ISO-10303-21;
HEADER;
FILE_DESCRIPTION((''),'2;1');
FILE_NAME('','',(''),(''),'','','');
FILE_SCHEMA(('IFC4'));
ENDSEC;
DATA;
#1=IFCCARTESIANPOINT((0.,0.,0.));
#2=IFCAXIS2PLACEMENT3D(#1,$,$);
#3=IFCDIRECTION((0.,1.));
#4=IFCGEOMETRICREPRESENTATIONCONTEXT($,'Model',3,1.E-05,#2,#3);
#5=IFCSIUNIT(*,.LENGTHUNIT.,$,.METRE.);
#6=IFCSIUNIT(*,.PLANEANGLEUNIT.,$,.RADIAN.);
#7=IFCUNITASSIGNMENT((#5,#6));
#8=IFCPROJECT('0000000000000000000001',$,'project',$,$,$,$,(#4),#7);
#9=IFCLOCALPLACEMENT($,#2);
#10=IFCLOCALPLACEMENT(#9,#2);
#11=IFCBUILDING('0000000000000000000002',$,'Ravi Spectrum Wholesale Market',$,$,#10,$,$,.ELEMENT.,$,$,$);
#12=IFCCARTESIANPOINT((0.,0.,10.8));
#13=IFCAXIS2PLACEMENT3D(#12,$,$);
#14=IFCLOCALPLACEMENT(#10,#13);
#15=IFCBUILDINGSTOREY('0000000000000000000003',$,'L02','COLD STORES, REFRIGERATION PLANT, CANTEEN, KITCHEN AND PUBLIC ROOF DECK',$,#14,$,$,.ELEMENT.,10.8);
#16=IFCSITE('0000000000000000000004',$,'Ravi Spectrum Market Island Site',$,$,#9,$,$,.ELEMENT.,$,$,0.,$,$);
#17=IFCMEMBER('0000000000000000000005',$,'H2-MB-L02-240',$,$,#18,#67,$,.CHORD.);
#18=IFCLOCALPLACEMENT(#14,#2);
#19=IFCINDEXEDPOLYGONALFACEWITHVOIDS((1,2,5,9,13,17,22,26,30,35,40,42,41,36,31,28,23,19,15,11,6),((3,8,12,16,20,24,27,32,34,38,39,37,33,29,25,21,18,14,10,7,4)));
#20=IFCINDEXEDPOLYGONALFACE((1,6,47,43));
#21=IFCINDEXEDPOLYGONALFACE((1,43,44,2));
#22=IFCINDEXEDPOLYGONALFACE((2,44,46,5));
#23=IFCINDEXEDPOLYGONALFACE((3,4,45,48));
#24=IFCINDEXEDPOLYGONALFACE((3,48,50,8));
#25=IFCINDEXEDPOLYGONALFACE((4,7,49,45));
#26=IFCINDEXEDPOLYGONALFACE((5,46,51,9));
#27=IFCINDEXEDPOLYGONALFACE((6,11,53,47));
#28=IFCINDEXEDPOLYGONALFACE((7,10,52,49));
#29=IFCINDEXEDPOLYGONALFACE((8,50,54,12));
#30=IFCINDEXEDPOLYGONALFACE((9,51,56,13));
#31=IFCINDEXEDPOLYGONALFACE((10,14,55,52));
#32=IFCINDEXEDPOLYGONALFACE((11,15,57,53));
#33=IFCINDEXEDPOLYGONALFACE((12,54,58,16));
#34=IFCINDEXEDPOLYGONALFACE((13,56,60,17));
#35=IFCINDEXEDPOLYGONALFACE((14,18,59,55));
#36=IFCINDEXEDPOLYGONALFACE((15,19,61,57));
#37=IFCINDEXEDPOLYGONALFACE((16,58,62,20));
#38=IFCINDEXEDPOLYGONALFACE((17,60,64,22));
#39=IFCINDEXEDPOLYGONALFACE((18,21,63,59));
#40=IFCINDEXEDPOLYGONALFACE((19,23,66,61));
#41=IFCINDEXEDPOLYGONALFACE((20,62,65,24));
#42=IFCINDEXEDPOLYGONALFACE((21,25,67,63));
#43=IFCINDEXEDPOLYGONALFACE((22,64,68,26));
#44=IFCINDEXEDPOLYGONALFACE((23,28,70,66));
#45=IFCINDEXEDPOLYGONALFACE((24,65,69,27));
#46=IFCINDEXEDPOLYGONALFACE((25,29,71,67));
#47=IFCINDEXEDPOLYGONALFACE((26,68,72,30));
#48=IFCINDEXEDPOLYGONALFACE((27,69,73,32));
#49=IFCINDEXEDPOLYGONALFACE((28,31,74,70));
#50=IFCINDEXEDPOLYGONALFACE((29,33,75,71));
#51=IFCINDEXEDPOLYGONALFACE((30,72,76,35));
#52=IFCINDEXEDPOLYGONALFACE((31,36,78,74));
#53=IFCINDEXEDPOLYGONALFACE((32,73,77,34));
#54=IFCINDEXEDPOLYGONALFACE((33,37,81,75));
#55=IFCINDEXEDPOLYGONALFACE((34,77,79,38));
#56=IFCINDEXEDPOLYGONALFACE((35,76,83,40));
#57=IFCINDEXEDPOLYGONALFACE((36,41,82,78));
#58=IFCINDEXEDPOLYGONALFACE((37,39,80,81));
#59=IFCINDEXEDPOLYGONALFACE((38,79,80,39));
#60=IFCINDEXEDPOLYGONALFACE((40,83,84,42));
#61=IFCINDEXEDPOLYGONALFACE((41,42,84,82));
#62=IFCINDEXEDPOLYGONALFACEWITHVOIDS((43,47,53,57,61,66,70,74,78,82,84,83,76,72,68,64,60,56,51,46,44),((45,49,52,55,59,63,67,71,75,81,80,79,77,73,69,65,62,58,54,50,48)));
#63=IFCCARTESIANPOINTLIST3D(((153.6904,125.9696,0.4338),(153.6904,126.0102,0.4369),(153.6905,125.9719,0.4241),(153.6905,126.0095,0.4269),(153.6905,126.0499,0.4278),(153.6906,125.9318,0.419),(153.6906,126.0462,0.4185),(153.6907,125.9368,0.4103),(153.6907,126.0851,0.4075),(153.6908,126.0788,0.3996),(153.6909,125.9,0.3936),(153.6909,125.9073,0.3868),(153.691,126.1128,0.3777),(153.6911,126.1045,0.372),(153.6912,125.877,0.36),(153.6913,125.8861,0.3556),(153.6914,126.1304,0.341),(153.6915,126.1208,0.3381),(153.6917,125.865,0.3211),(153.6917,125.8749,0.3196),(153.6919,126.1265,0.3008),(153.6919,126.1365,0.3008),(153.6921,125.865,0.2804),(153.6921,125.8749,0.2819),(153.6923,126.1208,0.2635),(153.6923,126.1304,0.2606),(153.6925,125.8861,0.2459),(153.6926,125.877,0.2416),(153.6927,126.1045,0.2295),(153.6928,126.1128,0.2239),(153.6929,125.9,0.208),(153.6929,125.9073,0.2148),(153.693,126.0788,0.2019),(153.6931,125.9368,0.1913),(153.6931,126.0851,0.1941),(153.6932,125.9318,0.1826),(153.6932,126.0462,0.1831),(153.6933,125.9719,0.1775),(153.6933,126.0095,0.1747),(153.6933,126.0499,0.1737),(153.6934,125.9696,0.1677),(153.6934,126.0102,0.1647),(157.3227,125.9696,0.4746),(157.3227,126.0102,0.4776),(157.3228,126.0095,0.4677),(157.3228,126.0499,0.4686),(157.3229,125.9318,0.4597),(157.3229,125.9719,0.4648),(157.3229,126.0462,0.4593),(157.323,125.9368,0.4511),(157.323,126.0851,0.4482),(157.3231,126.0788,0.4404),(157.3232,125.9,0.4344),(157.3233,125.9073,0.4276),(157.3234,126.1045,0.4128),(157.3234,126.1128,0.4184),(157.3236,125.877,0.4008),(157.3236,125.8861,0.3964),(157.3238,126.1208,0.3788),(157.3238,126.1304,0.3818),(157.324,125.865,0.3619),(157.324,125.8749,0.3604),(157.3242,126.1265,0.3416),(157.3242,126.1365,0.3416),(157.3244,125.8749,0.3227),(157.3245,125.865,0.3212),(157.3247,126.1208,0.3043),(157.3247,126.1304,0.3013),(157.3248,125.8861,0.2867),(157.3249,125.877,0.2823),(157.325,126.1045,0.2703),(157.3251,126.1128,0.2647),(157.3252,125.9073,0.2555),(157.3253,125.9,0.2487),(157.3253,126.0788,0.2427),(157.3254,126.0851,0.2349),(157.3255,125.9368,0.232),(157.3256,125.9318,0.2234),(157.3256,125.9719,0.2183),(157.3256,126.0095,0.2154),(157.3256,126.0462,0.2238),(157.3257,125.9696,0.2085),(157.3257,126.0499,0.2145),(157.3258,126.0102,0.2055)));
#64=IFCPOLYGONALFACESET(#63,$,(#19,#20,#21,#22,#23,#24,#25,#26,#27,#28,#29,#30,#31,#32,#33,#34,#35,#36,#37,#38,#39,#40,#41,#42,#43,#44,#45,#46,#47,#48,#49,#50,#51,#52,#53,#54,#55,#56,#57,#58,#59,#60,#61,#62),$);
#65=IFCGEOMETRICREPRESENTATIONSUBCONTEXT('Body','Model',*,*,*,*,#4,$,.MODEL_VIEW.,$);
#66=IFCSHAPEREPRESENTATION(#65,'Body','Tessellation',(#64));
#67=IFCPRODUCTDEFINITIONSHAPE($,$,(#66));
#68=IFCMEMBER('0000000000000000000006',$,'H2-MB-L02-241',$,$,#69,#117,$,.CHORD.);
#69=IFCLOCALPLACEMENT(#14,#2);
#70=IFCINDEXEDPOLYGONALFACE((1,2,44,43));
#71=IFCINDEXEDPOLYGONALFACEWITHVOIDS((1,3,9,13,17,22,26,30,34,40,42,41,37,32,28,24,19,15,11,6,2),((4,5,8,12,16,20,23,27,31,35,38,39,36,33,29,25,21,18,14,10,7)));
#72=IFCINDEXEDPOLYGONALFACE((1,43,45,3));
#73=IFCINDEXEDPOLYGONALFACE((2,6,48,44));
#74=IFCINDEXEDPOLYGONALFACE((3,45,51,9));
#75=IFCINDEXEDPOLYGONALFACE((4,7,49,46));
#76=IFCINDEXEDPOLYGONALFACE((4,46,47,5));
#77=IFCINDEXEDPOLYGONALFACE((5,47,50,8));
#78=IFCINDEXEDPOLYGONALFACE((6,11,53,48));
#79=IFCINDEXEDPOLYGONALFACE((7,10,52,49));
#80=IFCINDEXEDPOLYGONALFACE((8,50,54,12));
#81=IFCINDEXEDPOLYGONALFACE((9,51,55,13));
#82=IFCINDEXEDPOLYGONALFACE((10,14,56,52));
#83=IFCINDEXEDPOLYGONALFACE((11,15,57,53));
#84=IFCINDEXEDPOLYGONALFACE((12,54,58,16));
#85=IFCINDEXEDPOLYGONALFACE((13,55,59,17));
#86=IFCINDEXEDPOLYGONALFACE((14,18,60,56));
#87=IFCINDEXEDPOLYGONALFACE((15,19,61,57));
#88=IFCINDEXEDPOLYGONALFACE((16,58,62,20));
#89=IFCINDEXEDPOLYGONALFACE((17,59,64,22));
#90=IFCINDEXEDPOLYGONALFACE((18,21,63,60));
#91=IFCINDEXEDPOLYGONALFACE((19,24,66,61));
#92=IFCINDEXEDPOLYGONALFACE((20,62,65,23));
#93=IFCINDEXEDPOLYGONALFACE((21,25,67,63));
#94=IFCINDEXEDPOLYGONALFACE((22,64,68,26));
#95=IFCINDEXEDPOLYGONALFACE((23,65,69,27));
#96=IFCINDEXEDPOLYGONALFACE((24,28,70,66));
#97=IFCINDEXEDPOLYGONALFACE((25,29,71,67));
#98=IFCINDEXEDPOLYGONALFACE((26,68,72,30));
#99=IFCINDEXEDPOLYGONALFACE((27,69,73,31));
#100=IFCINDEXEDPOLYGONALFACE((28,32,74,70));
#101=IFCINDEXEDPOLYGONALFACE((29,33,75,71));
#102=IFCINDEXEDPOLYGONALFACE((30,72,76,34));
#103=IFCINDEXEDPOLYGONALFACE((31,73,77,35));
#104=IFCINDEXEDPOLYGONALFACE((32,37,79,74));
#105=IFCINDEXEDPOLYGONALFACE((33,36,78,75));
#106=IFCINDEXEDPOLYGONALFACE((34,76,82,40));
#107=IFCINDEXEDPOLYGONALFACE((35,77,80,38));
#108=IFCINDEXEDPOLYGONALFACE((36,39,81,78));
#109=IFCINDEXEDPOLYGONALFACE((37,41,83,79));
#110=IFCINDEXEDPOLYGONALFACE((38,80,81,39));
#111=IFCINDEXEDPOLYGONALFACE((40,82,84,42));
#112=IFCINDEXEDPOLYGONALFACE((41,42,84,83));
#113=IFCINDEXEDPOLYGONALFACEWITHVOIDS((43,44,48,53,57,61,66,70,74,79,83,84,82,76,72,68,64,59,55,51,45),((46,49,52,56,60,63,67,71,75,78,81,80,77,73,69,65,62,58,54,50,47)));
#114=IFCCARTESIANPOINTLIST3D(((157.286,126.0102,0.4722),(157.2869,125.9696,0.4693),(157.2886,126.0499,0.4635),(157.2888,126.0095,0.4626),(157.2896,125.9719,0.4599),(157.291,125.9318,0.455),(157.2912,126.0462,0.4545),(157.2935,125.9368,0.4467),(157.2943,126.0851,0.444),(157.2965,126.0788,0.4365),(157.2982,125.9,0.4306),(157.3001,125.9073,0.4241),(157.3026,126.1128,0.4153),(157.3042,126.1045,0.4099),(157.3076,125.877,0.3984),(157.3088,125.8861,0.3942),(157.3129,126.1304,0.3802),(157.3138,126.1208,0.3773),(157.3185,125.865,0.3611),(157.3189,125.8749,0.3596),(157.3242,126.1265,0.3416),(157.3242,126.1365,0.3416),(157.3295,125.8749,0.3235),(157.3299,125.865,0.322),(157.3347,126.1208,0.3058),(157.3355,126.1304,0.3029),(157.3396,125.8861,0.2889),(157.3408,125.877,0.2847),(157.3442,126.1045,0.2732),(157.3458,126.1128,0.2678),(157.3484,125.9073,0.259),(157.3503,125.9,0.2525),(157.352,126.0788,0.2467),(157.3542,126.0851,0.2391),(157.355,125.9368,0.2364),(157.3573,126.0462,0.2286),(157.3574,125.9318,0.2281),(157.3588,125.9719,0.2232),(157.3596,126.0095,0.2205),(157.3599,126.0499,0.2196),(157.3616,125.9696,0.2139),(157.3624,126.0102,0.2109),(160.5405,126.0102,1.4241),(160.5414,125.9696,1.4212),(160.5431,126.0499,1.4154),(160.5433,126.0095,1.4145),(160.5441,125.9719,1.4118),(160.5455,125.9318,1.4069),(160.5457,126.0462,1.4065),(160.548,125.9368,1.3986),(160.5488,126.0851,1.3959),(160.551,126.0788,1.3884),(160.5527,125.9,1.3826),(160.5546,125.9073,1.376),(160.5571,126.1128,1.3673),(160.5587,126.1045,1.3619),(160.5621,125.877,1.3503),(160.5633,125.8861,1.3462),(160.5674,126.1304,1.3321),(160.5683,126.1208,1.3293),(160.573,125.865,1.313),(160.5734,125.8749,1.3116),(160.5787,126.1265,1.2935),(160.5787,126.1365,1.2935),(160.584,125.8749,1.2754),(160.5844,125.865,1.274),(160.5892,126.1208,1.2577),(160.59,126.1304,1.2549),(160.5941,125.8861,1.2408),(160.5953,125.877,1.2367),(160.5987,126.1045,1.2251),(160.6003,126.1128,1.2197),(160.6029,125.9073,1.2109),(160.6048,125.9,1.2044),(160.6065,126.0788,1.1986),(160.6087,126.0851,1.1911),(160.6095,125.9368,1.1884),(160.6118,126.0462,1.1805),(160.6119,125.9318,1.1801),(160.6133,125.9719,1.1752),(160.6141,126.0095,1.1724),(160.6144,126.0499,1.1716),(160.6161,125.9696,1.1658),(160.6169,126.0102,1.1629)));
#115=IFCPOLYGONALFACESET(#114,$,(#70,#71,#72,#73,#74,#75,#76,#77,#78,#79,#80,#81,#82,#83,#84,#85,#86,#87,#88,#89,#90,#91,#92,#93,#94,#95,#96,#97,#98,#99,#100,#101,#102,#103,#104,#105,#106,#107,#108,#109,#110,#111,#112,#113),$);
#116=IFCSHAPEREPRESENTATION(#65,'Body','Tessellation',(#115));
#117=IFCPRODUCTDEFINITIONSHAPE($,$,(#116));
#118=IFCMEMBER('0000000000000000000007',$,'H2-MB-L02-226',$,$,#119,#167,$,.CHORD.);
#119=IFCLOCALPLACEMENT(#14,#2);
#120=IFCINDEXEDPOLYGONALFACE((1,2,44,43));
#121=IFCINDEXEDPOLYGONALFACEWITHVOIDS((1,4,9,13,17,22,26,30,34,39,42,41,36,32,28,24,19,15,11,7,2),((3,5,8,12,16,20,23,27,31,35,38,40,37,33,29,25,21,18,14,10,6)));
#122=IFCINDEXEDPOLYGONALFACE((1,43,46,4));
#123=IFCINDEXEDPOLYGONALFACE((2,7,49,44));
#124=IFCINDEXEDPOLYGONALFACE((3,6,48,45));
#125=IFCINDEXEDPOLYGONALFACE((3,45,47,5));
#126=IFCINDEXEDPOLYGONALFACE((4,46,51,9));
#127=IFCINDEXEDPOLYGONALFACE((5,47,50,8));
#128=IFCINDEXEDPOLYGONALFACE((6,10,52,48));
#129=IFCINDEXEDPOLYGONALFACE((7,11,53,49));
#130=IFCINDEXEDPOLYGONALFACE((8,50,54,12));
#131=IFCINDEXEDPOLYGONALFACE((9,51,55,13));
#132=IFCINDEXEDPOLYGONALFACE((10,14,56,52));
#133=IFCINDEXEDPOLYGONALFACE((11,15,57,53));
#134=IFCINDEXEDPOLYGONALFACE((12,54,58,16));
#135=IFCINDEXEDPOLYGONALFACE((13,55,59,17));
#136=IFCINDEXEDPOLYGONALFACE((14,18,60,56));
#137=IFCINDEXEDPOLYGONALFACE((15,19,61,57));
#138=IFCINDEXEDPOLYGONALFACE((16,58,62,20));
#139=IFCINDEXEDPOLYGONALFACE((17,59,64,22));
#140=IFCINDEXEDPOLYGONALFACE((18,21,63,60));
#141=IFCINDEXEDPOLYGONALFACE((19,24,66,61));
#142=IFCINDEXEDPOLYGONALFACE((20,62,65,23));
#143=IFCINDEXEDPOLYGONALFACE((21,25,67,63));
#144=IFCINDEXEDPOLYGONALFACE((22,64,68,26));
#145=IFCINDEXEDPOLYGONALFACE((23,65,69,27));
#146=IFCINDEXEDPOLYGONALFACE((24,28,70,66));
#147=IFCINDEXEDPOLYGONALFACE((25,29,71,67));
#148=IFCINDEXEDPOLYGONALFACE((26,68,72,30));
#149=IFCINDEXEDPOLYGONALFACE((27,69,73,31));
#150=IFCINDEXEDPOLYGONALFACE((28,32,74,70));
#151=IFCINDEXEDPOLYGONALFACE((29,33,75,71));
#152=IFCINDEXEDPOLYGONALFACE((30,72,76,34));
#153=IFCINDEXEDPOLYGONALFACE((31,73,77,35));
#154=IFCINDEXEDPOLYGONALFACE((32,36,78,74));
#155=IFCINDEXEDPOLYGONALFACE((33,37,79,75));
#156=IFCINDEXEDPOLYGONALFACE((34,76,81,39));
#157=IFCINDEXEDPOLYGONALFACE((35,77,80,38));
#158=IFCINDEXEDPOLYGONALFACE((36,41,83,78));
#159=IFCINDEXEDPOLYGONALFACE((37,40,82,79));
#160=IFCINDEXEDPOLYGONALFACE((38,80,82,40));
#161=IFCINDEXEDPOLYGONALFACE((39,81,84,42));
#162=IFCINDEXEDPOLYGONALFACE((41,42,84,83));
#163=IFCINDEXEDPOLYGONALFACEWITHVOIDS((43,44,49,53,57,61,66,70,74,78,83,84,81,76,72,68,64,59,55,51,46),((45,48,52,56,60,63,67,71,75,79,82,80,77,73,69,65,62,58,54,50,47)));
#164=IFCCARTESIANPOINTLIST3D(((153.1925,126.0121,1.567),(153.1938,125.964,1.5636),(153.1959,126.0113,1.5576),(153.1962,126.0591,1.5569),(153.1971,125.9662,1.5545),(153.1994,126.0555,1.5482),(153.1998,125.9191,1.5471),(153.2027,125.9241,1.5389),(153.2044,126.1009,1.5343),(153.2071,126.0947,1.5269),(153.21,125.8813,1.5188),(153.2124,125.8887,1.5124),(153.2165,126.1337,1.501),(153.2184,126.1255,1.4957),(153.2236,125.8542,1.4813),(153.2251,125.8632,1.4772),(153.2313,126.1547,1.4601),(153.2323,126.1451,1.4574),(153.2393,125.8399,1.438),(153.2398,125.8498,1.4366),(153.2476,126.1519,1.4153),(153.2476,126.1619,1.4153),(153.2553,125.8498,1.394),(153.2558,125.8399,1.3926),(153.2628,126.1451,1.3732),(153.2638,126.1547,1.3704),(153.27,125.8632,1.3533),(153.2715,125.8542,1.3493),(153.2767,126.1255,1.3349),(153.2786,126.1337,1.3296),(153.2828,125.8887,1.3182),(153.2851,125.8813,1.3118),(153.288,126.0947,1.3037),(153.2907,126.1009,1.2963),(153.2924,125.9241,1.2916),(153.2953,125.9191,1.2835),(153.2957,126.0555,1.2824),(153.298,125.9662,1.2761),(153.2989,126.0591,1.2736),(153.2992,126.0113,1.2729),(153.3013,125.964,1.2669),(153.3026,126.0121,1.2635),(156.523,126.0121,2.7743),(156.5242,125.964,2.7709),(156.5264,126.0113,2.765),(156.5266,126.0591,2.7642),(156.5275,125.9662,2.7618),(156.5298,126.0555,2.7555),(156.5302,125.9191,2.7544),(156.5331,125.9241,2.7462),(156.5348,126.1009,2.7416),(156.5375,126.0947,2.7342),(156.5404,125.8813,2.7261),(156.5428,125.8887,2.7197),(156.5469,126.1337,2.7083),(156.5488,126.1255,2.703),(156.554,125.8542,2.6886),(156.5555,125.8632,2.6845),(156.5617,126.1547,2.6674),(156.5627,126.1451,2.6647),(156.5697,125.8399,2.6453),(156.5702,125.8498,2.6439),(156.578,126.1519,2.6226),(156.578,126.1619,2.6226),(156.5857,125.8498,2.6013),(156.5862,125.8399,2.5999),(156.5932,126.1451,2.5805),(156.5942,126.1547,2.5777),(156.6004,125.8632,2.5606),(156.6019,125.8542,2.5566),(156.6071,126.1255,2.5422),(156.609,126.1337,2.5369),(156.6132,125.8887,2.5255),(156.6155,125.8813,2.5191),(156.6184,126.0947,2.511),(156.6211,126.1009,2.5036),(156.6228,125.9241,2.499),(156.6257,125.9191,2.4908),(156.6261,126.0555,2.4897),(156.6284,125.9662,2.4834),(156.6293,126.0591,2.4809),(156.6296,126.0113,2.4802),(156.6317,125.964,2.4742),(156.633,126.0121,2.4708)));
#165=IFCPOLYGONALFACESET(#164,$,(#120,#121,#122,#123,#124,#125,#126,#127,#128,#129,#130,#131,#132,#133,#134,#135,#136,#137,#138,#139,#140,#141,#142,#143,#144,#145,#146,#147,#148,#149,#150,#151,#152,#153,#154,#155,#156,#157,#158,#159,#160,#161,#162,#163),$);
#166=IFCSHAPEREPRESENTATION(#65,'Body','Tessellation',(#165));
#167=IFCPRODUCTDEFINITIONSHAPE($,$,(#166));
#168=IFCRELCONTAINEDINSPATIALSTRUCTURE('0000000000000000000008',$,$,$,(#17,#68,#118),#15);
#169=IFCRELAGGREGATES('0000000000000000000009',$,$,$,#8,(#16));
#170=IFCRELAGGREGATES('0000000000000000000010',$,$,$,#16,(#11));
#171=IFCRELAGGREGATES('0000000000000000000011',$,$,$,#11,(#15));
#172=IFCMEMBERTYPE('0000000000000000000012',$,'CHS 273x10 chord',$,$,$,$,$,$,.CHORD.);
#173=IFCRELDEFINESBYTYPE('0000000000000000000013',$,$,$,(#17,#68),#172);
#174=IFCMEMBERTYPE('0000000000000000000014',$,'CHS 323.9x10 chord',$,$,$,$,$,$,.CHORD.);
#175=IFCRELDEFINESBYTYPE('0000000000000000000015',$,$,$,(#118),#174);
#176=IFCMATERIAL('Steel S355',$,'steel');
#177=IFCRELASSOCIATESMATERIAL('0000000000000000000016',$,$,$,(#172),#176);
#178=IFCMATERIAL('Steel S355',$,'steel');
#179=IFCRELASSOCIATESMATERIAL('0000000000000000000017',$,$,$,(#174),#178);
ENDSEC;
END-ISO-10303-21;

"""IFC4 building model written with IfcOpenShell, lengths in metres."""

from ifc_helpers import new_model, si_unit, direction, frame, origin, origin_2d, place, context, subcontext, project, spatial, hollow_circle, extrude, material, material_profile, profile_set, type_object, element, save


model = new_model("IFC4")

# Units and contexts
model_context = context("Model", 3, precision=1e-05, world=origin(), true_north=direction((0.0, 1.0)))
body_context = subcontext(model_context, "Body", "Model", "MODEL_VIEW")
ifc_project = project(units=[si_unit("LENGTHUNIT", "METRE"), si_unit("PLANEANGLEUNIT", "RADIAN")], contexts=[model_context])

# Site, building, storey
site_placement = place(None, origin())
site = spatial("IfcSite", under=ifc_project, at=site_placement, Name="Ravi Spectrum Market Island Site", CompositionType="ELEMENT", RefElevation=0.0)
building_placement = place(site_placement, origin())
building = spatial("IfcBuilding", under=site, at=building_placement, Name="Ravi Spectrum Wholesale Market", CompositionType="ELEMENT")
storey_placement = place(building_placement, frame((0.0, 0.0, 10.8)))
storey = spatial("IfcBuildingStorey", under=building, at=storey_placement, Name="L02", Description="COLD STORES, REFRIGERATION PLANT, CANTEEN, KITCHEN AND PUBLIC ROOF DECK", CompositionType="ELEMENT", Elevation=10.8)

# Members
ifc_material_1 = material(Name="Steel S355", Category="steel")
ifc_material_profile_1 = material_profile(ifc_material_1, hollow_circle(Radius=0.1365, WallThickness=0.01, at=origin_2d()))
ifc_profile_set_1 = profile_set([ifc_material_profile_1], Name="Steel S355")
member_type_1 = type_object("IfcMemberType", Name="CHS 273x10 chord", PredefinedType="CHORD", material=ifc_profile_set_1)
member_1_placement = place(storey_placement, frame((153.6919, 126.0, 0.3008), z_axis=(0.999937, 0.0, 0.011224), x_axis=(0.0, 1.0, 0.0)))
element("IfcMember", 1, at=member_1_placement, inside=storey, type_object=member_type_1, Name="H2-MB-L02-240", PredefinedType="CHORD", context=body_context, shape_type="SweptSolid", body=[
    extrude(hollow_circle(Radius=0.1365, WallThickness=0.01, at=origin_2d()), origin(), (0.0, 0.0, 1.0), 3.6326),
])
member_2_placement = place(storey_placement, frame((157.3242, 126.0, 0.3416), z_axis=(0.959785, 0.0, 0.280735), x_axis=(0.0, 1.0, 0.0)))
element("IfcMember", 2, at=member_2_placement, inside=storey, type_object=member_type_1, Name="H2-MB-L02-241", PredefinedType="CHORD", context=body_context, shape_type="SweptSolid", body=[
    extrude(hollow_circle(Radius=0.1365, WallThickness=0.01, at=origin_2d()), origin(), (0.0, 0.0, 1.0), 3.3909),
])
ifc_material_2 = material(Name="Steel S355", Category="steel")
ifc_material_profile_2 = material_profile(ifc_material_2, hollow_circle(Radius=0.1619, WallThickness=0.01, at=origin_2d()))
ifc_profile_set_2 = profile_set([ifc_material_profile_2], Name="Steel S355")
member_type_2 = type_object("IfcMemberType", Name="CHS 323.9x10 chord", PredefinedType="CHORD", material=ifc_profile_set_2)
member_3_placement = place(storey_placement, frame((153.2476, 126.0, 1.4153), z_axis=(0.940133, 0.0, 0.340808), x_axis=(0.0, 1.0, 0.0)))
element("IfcMember", 3, at=member_3_placement, inside=storey, type_object=member_type_2, Name="H2-MB-L02-226", PredefinedType="CHORD", context=body_context, shape_type="SweptSolid", body=[
    extrude(hollow_circle(Radius=0.1619, WallThickness=0.01, at=origin_2d()), origin(), (0.0, 0.0, 1.0), 3.5425),
])

save(model, "model.ifc")
